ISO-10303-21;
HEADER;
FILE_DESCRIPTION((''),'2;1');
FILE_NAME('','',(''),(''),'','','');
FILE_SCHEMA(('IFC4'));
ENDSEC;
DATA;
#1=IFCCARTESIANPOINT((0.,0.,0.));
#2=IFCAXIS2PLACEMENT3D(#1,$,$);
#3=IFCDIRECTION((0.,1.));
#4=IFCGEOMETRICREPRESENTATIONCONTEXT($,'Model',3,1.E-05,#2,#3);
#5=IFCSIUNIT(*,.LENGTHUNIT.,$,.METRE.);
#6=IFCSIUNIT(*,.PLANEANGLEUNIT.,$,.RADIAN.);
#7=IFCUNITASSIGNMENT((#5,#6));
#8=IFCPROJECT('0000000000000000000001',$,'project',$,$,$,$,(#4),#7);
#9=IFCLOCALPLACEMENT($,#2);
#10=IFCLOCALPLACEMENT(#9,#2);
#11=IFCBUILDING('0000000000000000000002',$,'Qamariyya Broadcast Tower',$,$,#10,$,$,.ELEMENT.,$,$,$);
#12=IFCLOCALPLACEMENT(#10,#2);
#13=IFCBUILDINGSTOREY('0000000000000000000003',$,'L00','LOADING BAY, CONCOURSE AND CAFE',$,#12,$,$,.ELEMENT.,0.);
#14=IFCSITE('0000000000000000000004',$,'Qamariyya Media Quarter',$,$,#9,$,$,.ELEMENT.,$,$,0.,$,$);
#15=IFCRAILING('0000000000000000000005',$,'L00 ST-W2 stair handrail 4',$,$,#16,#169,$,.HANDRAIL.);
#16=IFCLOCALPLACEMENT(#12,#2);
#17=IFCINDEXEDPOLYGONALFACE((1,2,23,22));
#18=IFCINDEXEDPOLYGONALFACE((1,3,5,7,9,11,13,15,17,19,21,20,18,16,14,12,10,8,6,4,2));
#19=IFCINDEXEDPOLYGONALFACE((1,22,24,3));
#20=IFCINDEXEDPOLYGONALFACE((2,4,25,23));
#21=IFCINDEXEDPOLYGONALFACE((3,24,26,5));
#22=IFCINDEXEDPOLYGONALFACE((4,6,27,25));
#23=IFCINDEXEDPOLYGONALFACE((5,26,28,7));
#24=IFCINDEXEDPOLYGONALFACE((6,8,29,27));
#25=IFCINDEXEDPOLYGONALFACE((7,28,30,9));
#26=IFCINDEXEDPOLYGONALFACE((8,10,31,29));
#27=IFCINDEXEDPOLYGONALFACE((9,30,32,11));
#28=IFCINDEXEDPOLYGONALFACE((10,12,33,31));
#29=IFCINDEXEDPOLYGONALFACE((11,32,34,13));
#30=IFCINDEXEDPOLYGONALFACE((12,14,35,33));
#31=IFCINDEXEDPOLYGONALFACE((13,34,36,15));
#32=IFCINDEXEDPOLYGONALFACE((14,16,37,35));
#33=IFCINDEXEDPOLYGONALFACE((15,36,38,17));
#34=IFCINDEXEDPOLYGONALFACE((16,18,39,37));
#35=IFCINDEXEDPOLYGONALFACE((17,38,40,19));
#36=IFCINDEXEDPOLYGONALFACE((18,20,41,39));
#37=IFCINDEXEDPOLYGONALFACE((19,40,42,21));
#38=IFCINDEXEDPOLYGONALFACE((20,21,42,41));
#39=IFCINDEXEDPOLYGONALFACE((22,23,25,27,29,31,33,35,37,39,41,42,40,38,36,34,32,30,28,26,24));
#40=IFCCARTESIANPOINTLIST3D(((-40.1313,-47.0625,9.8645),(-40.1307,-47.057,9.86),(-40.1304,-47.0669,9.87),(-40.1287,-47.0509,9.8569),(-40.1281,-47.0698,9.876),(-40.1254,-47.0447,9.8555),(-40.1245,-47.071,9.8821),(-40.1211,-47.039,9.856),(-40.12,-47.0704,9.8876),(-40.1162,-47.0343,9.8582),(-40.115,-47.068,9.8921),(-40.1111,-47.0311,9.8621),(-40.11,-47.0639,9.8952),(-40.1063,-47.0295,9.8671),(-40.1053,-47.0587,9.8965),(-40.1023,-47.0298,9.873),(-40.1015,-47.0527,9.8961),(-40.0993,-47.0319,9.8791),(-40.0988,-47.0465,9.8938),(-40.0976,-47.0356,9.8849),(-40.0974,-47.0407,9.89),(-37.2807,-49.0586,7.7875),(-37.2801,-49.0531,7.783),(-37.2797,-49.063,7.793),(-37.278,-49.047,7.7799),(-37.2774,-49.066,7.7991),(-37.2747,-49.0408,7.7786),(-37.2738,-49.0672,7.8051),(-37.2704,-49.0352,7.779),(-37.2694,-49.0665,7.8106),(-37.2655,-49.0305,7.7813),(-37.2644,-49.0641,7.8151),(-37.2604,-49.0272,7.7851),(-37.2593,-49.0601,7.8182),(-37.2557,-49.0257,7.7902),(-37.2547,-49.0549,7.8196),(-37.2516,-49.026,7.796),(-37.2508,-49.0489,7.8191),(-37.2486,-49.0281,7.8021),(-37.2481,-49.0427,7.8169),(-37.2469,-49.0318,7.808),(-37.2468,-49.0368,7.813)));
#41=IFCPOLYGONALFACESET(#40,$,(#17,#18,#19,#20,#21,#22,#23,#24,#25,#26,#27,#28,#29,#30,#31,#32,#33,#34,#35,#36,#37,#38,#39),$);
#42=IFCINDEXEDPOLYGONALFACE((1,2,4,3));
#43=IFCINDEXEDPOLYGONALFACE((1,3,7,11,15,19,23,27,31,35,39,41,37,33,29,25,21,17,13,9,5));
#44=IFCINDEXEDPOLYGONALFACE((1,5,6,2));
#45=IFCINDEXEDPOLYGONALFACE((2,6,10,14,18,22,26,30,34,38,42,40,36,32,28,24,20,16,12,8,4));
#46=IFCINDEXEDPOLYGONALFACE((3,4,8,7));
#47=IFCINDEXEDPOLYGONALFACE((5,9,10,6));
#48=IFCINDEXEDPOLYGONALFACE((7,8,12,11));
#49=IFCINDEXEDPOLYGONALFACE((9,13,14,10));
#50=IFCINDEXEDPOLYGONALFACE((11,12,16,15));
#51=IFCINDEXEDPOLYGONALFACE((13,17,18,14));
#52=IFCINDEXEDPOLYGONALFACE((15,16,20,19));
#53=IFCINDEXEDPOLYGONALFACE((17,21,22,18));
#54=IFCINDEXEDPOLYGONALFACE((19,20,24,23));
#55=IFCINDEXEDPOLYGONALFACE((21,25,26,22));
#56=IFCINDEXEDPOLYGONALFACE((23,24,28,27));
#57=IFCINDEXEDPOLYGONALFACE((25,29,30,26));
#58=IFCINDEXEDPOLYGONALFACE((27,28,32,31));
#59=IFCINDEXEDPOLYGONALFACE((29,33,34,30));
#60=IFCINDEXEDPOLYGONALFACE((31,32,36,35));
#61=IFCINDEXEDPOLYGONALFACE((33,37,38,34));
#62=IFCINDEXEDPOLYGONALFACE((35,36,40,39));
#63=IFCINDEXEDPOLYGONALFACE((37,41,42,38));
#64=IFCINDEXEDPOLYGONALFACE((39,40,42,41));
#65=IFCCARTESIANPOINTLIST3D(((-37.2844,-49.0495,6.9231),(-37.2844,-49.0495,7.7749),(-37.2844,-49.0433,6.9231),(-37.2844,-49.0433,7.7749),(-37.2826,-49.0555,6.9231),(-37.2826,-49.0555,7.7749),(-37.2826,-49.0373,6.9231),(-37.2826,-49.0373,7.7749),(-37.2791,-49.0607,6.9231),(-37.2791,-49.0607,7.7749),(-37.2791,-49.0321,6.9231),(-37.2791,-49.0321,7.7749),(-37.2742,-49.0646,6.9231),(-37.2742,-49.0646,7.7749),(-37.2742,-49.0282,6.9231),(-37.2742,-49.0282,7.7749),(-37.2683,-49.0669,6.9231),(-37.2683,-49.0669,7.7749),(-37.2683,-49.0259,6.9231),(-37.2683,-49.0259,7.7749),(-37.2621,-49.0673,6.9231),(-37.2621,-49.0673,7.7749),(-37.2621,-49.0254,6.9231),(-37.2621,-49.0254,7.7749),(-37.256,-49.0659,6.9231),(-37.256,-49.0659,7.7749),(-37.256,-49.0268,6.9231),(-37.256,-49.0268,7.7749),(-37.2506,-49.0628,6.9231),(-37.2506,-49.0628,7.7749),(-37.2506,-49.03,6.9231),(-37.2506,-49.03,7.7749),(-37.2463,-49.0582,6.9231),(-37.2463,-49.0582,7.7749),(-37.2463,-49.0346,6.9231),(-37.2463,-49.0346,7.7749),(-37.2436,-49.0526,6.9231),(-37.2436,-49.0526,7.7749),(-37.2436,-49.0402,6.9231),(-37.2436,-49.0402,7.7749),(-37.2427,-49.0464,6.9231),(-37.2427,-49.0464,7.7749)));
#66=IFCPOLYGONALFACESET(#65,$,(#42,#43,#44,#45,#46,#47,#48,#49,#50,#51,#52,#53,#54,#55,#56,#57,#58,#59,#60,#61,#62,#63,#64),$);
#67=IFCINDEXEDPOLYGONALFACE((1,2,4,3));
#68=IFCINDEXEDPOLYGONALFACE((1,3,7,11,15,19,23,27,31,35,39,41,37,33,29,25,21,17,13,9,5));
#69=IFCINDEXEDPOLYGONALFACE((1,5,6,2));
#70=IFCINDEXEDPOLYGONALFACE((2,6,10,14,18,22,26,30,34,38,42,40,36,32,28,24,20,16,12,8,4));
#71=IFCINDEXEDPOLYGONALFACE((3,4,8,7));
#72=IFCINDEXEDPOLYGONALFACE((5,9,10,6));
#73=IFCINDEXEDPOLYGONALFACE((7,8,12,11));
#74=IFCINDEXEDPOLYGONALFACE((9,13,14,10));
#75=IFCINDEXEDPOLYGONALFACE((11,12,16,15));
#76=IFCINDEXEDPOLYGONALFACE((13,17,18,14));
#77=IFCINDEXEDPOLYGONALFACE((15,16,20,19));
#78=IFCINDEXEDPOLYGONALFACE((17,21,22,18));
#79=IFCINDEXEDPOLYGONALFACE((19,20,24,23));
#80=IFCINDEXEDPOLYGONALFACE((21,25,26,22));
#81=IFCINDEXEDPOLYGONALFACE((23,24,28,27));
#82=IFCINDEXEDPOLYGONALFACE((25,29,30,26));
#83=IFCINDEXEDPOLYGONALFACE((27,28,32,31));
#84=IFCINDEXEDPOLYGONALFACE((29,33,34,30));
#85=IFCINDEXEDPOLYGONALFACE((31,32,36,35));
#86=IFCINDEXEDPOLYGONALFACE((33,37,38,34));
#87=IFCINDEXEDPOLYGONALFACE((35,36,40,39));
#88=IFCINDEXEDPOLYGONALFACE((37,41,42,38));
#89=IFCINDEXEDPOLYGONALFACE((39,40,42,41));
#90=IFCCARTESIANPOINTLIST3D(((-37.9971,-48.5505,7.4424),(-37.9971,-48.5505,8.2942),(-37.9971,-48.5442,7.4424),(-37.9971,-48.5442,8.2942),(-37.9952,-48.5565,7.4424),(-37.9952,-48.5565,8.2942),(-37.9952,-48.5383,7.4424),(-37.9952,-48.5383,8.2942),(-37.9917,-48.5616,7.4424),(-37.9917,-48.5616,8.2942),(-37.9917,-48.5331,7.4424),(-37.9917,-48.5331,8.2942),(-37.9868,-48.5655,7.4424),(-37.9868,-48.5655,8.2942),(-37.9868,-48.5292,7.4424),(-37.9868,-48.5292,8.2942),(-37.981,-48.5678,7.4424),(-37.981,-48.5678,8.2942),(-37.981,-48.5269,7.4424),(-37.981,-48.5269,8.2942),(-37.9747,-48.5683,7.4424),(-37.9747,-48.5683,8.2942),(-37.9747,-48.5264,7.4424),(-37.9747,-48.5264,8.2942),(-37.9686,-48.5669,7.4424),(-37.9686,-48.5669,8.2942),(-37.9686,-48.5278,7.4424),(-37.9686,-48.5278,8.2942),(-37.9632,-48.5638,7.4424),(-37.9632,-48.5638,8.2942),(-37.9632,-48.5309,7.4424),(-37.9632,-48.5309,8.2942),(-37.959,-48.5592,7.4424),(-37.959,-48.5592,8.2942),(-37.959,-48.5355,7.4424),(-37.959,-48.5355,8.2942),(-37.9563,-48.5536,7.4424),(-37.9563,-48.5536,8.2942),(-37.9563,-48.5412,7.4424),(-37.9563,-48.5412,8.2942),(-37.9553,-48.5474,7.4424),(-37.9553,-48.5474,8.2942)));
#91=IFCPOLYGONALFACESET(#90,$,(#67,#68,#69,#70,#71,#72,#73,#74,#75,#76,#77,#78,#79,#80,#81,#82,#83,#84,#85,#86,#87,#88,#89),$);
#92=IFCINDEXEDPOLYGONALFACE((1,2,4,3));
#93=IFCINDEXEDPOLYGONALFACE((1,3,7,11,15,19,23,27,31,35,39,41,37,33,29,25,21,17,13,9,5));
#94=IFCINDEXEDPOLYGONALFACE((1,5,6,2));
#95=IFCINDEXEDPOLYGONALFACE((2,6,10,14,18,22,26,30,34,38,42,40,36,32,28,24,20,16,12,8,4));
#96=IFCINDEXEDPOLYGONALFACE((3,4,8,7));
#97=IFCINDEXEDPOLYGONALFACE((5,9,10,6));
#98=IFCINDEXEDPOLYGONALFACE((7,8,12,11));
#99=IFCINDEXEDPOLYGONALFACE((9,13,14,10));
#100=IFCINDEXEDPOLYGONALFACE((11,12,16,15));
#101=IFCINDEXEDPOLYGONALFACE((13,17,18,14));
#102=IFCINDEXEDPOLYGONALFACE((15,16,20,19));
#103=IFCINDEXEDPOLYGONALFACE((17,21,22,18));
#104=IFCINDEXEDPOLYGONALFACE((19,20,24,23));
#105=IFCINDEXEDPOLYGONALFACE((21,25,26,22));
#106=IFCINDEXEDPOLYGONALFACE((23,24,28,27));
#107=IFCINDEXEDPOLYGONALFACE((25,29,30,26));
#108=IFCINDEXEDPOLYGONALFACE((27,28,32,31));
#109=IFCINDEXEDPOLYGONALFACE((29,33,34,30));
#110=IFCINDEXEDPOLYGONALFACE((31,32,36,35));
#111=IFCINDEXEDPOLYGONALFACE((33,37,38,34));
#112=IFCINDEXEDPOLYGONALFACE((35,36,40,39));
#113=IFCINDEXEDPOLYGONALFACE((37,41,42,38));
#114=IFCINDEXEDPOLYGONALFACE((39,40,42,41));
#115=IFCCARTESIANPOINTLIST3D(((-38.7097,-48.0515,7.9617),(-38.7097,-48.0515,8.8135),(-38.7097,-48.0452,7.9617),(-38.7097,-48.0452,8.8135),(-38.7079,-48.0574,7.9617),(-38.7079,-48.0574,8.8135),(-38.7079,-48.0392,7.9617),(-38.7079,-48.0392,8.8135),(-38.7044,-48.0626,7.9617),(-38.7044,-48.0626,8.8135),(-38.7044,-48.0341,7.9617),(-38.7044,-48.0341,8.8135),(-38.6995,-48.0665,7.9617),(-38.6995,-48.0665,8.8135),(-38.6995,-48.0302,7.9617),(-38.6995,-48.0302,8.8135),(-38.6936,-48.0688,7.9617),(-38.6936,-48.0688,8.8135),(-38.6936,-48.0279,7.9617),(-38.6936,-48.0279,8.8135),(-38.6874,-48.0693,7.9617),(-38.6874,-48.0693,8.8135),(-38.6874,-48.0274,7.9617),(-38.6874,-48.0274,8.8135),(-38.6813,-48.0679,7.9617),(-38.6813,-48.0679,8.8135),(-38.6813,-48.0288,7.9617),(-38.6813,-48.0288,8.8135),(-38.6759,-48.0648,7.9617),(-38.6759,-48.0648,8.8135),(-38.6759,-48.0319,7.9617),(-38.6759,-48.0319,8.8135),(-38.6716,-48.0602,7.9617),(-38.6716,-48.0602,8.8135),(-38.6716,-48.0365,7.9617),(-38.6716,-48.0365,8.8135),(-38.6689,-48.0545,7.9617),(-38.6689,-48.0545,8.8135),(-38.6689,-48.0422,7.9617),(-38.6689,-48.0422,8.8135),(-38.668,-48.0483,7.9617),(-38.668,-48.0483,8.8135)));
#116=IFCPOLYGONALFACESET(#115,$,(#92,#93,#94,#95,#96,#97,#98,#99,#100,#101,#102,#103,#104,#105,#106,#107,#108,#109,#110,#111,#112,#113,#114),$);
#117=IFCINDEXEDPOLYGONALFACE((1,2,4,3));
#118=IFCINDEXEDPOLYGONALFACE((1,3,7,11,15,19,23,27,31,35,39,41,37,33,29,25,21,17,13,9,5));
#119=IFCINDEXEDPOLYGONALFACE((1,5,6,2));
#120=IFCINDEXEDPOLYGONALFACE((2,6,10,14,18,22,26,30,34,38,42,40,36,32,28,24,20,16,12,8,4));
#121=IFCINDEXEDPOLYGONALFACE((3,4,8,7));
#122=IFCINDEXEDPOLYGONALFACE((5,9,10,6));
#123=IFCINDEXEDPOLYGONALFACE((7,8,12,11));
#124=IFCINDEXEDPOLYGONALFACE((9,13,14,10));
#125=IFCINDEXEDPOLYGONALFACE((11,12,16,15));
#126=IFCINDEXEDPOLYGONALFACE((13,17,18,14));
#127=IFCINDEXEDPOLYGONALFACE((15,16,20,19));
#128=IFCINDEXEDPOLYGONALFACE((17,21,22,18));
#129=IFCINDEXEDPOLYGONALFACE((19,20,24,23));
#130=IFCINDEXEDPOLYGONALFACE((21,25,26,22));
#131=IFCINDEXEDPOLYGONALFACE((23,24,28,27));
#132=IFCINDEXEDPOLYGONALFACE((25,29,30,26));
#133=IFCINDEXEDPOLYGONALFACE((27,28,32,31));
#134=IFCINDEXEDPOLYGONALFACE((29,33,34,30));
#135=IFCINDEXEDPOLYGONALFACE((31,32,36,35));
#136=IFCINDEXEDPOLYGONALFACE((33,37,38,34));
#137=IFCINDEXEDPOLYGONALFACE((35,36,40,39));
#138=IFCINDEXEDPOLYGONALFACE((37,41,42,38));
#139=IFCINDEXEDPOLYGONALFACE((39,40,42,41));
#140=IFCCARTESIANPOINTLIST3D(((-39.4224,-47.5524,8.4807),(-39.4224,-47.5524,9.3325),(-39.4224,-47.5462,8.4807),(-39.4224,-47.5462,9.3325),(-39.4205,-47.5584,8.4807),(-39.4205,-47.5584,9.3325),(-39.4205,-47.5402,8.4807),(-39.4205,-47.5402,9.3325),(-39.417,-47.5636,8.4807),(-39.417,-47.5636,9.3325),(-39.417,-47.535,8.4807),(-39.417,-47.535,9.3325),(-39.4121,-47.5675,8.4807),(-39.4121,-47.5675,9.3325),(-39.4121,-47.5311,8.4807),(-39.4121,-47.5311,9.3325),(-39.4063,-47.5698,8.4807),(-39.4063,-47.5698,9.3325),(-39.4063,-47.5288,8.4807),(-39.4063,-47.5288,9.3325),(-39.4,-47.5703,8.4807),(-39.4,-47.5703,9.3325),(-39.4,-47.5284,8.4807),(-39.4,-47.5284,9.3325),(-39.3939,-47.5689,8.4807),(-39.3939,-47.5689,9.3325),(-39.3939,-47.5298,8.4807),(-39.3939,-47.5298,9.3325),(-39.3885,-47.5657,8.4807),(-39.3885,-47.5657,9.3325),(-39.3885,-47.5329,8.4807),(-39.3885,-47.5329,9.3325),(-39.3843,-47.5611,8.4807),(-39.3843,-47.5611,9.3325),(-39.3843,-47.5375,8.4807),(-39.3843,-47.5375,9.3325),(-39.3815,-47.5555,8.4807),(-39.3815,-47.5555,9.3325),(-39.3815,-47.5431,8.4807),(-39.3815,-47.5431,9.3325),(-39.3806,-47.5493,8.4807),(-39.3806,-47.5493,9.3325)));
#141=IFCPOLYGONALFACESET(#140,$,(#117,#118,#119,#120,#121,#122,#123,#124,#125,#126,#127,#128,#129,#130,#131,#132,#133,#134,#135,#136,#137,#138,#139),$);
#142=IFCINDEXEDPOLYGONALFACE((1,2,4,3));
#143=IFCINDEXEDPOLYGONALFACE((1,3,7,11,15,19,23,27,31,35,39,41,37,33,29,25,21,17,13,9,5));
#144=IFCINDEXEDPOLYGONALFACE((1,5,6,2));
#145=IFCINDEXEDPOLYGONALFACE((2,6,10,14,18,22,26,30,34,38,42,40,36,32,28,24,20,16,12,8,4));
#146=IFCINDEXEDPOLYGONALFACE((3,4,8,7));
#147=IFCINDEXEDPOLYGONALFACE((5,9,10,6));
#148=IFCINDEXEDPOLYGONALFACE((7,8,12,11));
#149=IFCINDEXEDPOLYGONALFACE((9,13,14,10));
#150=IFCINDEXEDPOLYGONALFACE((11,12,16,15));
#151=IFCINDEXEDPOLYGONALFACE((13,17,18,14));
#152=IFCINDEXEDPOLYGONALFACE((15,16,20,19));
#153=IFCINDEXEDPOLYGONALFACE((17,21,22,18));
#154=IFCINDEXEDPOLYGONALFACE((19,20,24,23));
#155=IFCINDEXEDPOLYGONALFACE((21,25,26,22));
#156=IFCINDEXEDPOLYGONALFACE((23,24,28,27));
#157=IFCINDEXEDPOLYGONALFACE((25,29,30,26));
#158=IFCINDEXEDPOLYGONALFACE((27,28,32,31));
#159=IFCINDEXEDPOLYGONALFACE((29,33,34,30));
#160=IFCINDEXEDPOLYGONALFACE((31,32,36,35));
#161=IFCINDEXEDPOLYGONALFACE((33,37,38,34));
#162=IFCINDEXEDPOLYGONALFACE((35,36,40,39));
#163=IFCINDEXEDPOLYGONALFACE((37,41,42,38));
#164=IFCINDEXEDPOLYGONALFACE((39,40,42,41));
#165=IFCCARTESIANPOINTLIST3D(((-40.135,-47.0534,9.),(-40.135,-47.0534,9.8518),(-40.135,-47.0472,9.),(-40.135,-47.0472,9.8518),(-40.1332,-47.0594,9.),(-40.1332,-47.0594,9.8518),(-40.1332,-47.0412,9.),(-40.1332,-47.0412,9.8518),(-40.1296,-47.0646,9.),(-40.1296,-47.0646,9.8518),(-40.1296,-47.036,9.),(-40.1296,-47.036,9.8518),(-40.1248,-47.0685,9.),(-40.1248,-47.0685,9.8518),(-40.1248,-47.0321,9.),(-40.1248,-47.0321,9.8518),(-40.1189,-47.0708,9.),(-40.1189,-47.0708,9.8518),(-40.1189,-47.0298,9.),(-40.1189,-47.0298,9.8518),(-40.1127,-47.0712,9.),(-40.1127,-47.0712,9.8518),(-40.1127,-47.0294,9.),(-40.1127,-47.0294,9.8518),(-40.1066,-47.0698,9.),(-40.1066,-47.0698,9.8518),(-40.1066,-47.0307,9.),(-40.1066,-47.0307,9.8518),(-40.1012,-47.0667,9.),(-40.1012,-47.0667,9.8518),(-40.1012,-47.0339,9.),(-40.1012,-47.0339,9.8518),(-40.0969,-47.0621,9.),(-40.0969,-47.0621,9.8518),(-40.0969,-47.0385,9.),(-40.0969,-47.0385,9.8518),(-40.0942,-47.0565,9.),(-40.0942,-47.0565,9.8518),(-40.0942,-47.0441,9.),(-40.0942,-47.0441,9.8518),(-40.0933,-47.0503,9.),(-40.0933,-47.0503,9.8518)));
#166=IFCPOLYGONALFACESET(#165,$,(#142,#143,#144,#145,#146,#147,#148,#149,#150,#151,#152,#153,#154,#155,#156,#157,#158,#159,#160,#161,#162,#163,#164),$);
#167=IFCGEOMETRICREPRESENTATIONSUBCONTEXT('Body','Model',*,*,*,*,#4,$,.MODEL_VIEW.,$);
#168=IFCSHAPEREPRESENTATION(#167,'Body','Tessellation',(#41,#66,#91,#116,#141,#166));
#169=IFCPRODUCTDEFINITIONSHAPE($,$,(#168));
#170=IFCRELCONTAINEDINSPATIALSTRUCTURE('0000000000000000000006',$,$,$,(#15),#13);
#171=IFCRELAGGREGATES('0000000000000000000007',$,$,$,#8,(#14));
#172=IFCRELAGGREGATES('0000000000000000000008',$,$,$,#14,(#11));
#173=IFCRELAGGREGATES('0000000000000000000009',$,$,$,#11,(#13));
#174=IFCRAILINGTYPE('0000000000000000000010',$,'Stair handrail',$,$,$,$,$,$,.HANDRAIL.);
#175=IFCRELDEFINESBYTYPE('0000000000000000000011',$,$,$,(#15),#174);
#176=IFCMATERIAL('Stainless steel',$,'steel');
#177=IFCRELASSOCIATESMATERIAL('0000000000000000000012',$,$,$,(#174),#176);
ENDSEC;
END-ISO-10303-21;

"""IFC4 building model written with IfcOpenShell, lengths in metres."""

from ifc_helpers import new_model, si_unit, direction, frame, origin, origin_2d, place, context, subcontext, project, spatial, circle, extrude, material, type_object, element, save


model = new_model("IFC4")

# Units and contexts
model_context = context("Model", 3, precision=1e-05, world=origin(), true_north=direction((0.0, 1.0)))
body_context = subcontext(model_context, "Body", "Model", "MODEL_VIEW")
ifc_project = project(units=[si_unit("LENGTHUNIT", "METRE"), si_unit("PLANEANGLEUNIT", "RADIAN")], contexts=[model_context])

# Site, building, storey
site_placement = place(None, origin())
site = spatial("IfcSite", under=ifc_project, at=site_placement, Name="Qamariyya Media Quarter", CompositionType="ELEMENT", RefElevation=0.0)
building_placement = place(site_placement, origin())
building = spatial("IfcBuilding", under=site, at=building_placement, Name="Qamariyya Broadcast Tower", CompositionType="ELEMENT")
storey_placement = place(building_placement, origin())
storey = spatial("IfcBuildingStorey", under=building, at=storey_placement, Name="L00", Description="LOADING BAY, CONCOURSE AND CAFE", CompositionType="ELEMENT", Elevation=0.0)

# Railing
ifc_material_1 = material(Name="Stainless steel", Category="steel")
railing_type = type_object("IfcRailingType", Name="Stair handrail", PredefinedType="HANDRAIL", material=ifc_material_1)
for number, where, name in (
    (1, (-37.2637, -49.0464, 6.9231), "L00 ST-W2 stair handrail 4"),
):
    element("IfcRailing", number, at=place(storey_placement, frame(where)), inside=storey, type_object=railing_type, Name=name, PredefinedType="HANDRAIL", context=body_context, shape_type="SweptSolid", body=[
        extrude(circle(Radius=0.0239, at=origin_2d()), frame((0.0, 0.0, 0.876), z_axis=(-0.703393, 0.492544, 0.512484), x_axis=(-0.573594, -0.81914, 0.0)), (0.0, 0.0, 1.0), 4.0527),
        extrude(circle(Radius=0.021, at=origin_2d()), origin(), (0.0, 0.0, 1.0), 0.8518),
        extrude(circle(Radius=0.021, at=origin_2d()), frame((-0.7126, 0.499, 0.5193)), (0.0, 0.0, 1.0), 0.8518),
        extrude(circle(Radius=0.021, at=origin_2d()), frame((-1.4253, 0.998, 1.0386)), (0.0, 0.0, 1.0), 0.8518),
        extrude(circle(Radius=0.021, at=origin_2d()), frame((-2.1379, 1.4971, 1.5576)), (0.0, 0.0, 1.0), 0.8518),
        extrude(circle(Radius=0.021, at=origin_2d()), frame((-2.8506, 1.9961, 2.0769)), (0.0, 0.0, 1.0), 0.8518),
    ])

save(model, "model.ifc")
